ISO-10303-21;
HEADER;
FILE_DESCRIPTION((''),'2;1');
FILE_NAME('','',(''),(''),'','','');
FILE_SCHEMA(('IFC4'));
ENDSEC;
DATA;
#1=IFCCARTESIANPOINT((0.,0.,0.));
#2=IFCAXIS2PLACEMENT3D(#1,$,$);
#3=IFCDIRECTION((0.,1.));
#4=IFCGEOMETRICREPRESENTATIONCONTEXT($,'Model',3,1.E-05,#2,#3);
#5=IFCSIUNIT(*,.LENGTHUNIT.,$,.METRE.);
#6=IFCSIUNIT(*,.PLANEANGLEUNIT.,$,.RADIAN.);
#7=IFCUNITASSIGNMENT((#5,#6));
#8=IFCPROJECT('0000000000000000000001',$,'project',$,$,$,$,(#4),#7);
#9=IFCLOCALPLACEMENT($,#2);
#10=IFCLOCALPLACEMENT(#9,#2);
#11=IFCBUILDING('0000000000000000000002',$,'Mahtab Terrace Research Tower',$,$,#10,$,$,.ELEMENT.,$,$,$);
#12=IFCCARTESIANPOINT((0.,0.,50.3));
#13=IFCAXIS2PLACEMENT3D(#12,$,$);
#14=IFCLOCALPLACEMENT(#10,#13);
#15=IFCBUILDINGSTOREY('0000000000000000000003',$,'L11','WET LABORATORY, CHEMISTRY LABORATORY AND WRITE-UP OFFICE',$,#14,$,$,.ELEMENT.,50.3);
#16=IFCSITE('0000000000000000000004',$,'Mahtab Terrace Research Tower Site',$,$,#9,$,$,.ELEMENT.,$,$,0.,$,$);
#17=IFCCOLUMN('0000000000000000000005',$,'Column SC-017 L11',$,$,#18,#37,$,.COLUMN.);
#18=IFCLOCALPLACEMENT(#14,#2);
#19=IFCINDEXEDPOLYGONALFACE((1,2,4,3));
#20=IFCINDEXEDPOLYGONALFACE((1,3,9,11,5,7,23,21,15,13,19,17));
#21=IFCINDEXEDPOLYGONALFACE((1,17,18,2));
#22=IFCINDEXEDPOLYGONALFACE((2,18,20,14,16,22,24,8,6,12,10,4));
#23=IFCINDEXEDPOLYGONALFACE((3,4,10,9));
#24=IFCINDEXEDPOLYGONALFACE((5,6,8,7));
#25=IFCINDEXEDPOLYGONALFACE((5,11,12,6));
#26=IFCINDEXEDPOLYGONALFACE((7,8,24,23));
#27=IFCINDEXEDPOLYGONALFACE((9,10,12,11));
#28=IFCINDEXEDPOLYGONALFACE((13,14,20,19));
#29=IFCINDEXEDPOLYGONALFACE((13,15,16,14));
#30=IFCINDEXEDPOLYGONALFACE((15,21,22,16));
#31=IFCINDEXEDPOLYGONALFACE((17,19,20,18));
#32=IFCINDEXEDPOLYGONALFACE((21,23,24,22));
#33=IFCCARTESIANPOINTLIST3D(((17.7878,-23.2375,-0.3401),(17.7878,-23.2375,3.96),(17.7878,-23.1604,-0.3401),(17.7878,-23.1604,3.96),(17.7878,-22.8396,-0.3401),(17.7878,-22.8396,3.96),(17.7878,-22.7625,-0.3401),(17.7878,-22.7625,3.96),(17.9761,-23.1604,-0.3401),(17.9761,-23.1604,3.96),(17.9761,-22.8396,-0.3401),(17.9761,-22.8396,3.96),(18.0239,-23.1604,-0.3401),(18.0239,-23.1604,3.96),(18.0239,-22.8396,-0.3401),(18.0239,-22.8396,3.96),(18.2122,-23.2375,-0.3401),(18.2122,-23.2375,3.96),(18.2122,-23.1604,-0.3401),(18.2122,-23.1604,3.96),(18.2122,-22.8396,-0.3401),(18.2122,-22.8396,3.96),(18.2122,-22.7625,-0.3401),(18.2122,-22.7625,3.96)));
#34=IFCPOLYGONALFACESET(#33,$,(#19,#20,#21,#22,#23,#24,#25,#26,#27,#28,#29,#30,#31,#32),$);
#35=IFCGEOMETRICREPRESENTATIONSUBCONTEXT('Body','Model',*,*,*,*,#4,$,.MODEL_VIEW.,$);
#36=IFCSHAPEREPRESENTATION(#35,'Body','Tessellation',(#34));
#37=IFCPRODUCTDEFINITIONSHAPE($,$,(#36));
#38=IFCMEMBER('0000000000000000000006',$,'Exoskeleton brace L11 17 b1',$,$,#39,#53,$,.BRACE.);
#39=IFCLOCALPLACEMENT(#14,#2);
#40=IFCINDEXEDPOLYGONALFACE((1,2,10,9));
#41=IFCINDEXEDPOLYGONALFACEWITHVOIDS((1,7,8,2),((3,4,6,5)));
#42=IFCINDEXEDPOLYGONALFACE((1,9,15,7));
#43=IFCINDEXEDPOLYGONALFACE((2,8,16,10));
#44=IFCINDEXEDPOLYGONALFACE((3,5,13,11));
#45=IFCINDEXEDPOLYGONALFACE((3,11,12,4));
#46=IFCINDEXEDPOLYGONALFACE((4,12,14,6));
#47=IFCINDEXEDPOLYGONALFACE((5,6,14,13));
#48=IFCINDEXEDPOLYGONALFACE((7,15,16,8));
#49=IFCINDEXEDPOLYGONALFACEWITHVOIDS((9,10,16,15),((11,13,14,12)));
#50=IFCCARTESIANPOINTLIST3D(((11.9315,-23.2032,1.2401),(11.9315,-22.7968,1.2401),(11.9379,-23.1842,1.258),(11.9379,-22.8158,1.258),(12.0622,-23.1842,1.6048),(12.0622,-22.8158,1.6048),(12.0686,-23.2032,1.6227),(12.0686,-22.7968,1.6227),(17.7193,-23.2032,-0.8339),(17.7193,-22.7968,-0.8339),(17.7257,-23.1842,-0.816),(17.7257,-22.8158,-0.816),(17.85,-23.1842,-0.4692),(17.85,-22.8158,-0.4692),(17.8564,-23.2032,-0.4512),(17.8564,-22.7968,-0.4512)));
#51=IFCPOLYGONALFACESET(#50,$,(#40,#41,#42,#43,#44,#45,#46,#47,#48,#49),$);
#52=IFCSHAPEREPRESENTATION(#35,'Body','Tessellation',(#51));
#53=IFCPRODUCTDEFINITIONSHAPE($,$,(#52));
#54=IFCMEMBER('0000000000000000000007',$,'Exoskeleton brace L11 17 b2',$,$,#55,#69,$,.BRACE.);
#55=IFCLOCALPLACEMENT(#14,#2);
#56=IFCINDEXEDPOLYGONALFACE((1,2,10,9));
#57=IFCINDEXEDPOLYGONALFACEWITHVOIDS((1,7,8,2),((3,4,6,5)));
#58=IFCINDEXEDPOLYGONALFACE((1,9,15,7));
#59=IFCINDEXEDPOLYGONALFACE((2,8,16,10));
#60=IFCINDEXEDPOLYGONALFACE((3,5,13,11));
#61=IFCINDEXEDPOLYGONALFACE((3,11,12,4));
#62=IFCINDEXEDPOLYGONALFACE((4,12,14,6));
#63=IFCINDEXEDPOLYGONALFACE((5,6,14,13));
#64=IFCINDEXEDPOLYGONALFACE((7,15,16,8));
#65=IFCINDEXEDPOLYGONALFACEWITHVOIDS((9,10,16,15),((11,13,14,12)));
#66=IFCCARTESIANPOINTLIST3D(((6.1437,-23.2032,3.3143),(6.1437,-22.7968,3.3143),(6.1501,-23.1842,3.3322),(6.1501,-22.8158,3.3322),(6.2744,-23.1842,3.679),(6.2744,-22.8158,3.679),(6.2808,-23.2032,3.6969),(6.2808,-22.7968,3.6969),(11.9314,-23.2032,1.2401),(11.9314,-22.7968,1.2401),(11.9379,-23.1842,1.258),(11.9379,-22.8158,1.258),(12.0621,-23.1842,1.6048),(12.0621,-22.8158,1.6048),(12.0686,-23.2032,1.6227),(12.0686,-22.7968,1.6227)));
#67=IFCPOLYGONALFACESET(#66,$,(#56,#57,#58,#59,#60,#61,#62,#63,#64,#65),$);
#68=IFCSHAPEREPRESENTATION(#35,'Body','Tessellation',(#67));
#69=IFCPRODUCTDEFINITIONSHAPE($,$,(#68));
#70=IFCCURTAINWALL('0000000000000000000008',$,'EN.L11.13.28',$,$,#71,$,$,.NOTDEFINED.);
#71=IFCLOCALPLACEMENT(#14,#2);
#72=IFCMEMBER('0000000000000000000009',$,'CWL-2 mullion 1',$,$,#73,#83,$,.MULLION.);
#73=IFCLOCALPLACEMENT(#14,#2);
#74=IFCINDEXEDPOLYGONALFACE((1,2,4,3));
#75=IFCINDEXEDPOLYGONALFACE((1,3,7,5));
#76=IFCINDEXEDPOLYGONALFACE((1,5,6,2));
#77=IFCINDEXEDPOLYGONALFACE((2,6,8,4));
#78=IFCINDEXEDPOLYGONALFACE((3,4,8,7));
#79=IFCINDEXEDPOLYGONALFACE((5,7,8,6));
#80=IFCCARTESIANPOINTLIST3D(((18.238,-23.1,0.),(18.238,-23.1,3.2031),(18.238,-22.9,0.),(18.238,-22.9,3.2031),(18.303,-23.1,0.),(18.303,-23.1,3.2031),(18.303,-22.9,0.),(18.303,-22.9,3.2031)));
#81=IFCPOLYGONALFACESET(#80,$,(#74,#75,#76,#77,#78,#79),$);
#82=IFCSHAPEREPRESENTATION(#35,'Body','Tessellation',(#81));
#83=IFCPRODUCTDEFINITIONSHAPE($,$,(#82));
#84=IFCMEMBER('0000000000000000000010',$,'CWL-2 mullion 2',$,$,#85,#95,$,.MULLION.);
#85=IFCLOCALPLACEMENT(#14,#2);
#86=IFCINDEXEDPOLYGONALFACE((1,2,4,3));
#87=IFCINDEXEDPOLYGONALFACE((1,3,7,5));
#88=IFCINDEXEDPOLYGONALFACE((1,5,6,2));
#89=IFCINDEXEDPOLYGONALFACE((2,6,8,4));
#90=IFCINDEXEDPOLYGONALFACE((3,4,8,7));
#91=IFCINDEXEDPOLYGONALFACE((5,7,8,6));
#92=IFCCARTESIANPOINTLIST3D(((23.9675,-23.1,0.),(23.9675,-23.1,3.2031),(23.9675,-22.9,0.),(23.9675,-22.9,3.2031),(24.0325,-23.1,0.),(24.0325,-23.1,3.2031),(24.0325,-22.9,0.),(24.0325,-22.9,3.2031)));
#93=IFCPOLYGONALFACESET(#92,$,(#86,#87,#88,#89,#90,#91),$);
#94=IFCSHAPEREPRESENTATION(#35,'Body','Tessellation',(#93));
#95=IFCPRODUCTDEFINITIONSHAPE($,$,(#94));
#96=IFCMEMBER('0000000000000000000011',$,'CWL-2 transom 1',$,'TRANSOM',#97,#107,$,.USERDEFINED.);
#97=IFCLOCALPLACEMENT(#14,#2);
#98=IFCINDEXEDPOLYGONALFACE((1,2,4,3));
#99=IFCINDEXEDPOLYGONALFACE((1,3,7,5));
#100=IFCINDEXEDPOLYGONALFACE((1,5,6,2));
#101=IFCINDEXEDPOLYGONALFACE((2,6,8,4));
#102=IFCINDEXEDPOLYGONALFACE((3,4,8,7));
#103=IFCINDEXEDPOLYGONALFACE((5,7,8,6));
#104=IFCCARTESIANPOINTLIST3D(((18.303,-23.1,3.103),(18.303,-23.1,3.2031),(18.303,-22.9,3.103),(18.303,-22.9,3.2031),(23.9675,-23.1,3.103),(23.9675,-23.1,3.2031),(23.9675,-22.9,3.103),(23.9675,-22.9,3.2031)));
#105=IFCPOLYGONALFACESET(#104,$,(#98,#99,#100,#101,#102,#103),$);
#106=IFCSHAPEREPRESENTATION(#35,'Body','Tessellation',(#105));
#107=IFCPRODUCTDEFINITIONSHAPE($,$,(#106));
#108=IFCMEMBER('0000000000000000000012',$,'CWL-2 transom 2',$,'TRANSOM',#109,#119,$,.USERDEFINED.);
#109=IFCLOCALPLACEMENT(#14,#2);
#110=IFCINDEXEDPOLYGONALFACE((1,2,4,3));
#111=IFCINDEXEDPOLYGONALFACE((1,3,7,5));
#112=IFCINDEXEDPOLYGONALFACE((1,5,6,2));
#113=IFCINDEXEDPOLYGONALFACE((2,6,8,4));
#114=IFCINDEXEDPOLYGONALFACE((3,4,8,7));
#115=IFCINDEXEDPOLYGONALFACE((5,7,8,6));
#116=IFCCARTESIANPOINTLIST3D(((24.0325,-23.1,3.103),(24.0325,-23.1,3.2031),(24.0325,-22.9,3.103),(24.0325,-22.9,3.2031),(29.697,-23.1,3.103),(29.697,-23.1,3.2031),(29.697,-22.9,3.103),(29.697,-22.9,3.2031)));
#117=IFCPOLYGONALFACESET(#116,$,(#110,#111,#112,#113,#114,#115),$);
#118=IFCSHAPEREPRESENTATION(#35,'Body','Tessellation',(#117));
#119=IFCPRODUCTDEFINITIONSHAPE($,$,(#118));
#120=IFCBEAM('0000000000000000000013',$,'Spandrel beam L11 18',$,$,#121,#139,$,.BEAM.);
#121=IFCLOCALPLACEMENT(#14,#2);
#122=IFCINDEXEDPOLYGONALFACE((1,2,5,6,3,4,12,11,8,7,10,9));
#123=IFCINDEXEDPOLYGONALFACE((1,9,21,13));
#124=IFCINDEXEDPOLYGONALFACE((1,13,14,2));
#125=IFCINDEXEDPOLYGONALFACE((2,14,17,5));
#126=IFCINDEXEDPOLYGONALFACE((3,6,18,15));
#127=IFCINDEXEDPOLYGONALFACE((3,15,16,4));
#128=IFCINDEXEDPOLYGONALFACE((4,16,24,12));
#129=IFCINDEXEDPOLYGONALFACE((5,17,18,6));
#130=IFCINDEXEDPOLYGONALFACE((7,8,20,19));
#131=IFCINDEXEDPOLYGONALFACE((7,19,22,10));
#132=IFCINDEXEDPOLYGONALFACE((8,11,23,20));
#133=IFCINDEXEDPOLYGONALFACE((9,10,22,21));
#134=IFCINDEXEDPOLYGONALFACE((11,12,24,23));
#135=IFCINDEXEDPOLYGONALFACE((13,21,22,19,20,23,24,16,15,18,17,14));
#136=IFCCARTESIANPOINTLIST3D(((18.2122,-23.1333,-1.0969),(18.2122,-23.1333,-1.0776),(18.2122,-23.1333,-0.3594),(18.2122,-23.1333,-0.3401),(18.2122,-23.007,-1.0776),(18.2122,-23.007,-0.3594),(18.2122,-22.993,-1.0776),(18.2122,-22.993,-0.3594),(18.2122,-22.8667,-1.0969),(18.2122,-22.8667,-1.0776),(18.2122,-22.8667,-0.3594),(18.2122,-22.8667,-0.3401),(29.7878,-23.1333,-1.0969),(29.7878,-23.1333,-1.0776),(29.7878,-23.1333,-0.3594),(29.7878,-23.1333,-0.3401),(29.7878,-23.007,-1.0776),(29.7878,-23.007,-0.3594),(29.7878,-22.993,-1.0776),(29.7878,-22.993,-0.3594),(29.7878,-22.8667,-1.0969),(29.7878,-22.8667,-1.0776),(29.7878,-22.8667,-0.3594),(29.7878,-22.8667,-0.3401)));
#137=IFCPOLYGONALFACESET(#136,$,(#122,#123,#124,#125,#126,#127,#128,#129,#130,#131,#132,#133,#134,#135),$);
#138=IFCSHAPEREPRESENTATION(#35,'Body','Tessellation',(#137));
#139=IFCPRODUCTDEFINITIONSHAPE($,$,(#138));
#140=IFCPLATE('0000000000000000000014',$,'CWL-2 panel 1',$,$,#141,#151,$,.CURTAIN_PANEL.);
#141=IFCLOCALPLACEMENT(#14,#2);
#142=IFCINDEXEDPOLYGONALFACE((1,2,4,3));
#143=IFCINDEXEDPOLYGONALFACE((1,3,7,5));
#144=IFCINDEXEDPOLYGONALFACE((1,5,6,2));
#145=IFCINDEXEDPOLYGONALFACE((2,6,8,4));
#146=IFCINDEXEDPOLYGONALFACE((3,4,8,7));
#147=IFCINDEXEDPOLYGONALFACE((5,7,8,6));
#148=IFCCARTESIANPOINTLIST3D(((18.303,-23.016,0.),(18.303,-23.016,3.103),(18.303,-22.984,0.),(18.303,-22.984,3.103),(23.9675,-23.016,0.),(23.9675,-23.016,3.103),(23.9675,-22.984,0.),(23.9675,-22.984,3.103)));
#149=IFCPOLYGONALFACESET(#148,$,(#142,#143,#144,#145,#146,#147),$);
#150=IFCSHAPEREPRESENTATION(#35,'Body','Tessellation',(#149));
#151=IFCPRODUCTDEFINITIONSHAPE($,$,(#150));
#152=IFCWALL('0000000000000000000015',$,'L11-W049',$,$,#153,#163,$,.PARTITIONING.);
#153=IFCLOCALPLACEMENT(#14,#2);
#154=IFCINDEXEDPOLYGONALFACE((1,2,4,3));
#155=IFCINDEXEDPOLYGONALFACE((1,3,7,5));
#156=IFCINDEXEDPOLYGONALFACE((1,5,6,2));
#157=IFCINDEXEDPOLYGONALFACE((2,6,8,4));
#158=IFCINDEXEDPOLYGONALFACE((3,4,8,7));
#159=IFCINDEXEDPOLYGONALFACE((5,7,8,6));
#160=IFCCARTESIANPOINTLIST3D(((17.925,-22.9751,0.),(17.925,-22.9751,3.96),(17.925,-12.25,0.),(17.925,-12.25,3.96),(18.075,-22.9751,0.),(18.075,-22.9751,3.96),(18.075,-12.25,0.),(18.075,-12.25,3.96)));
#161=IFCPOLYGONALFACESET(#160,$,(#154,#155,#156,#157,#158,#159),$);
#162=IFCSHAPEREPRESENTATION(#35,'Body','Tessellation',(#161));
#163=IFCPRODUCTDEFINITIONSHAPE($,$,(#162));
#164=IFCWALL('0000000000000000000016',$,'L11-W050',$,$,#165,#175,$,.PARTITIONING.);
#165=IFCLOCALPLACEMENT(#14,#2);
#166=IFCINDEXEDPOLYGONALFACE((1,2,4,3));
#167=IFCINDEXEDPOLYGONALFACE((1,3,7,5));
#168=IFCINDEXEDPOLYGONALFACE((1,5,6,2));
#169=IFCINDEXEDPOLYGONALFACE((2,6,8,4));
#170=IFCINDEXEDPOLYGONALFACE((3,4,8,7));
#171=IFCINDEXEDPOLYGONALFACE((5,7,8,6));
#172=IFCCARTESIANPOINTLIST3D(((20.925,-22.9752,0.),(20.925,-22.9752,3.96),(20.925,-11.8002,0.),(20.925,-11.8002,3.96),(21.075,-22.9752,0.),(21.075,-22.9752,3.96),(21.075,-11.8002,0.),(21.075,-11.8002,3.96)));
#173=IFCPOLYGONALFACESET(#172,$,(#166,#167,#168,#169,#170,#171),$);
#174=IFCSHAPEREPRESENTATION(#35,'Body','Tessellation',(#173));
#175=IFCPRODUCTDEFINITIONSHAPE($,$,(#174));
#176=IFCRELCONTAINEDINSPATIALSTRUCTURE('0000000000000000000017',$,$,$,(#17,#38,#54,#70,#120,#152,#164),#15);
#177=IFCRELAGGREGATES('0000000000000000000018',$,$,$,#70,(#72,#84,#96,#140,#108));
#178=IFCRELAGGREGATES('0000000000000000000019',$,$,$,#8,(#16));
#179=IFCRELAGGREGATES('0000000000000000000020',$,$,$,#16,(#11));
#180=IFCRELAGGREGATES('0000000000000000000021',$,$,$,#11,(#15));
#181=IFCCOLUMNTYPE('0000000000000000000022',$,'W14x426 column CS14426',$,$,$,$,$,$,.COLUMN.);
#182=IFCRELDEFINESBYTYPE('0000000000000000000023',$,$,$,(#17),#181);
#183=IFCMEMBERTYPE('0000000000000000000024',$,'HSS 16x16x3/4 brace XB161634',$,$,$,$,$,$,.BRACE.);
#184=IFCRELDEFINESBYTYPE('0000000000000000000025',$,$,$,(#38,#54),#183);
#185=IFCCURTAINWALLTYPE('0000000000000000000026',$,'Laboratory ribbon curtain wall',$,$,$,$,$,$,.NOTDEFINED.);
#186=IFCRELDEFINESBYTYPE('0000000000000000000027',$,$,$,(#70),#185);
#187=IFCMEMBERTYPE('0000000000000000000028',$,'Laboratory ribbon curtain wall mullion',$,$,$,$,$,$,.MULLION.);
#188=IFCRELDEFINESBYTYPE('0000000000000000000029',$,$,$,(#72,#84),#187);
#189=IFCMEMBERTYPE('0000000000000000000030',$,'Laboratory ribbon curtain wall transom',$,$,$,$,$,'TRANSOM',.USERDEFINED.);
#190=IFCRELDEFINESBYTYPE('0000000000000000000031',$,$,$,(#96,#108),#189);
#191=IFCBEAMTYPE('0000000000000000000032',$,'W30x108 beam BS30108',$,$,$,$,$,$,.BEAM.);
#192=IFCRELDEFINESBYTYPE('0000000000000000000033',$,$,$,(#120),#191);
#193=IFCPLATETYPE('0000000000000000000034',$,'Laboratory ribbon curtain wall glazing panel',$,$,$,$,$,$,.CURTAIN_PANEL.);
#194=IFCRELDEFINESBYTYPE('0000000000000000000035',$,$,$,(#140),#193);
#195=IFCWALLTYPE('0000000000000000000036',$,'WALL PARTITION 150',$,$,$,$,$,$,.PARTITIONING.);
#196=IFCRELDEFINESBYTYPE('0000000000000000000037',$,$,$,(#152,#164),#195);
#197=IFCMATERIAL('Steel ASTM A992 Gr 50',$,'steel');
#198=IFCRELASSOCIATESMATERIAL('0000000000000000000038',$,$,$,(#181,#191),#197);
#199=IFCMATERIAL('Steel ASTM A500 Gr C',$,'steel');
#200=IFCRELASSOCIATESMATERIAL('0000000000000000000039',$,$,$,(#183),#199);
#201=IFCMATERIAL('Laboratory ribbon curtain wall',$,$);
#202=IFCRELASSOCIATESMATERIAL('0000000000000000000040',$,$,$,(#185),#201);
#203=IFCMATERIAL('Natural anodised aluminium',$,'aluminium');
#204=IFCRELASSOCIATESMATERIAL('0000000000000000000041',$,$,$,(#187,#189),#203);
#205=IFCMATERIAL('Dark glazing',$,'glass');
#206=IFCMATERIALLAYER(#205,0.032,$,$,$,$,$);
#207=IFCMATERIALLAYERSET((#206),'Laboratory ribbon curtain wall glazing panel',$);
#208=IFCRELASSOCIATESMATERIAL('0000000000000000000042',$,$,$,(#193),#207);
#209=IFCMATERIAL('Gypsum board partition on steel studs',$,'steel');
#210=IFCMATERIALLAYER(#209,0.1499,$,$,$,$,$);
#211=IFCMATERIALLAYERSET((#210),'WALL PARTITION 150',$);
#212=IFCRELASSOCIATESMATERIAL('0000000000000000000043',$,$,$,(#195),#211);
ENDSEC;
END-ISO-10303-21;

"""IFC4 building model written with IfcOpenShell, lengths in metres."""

from ifc_helpers import new_model, si_unit, direction, frame, frame_2d, origin, origin_2d, place, context, subcontext, project, spatial, rectangle, hollow_rectangle, i_section, extrude, material, layer, layer_set, material_profile, profile_set, type_object, element, aggregate, save


model = new_model("IFC4")

# Units and contexts
model_context = context("Model", 3, precision=1e-05, world=origin(), true_north=direction((0.0, 1.0)))
body_context = subcontext(model_context, "Body", "Model", "MODEL_VIEW")
ifc_project = project(units=[si_unit("LENGTHUNIT", "METRE"), si_unit("PLANEANGLEUNIT", "RADIAN")], contexts=[model_context])

# Site, building, storey
site_placement = place(None, origin())
site = spatial("IfcSite", under=ifc_project, at=site_placement, Name="Mahtab Terrace Research Tower Site", CompositionType="ELEMENT", RefElevation=0.0)
building_placement = place(site_placement, origin())
building = spatial("IfcBuilding", under=site, at=building_placement, Name="Mahtab Terrace Research Tower", CompositionType="ELEMENT")
storey_placement = place(building_placement, frame((0.0, 0.0, 50.3)))
storey = spatial("IfcBuildingStorey", under=building, at=storey_placement, Name="L11", Description="WET LABORATORY, CHEMISTRY LABORATORY AND WRITE-UP OFFICE", CompositionType="ELEMENT", Elevation=50.3)

# Column
ifc_material_1 = material(Name="Steel ASTM A992 Gr 50", Category="steel")
ifc_material_profile_1 = material_profile(ifc_material_1, i_section(OverallWidth=0.4243, OverallDepth=0.4751, WebThickness=0.0479, FlangeThickness=0.0771, at=origin_2d()), Name="W14X426")
ifc_profile_set_1 = profile_set([ifc_material_profile_1], Name="Steel ASTM A992 Gr 50")
column_type = type_object("IfcColumnType", Name="W14x426 column CS14426", PredefinedType="COLUMN", material=ifc_profile_set_1)
column_placement = place(storey_placement, frame((18.0, -23.0, -0.3401), z_axis=(0.0, 0.0, 1.0), x_axis=(1.0, 0.0, 0.0)))
element("IfcColumn", 1, at=column_placement, inside=storey, type_object=column_type, Name="Column SC-017 L11", PredefinedType="COLUMN", context=body_context, shape_type="SweptSolid", body=[
    extrude(i_section(OverallWidth=0.4243, OverallDepth=0.4751, WebThickness=0.0479, FlangeThickness=0.0771, at=origin_2d()), origin(), (0.0, 0.0, 1.0), 4.3),
])

# Members
ifc_material_2 = material(Name="Steel ASTM A500 Gr C", Category="steel")
ifc_material_profile_2 = material_profile(ifc_material_2, hollow_rectangle(XDim=0.4065, YDim=0.4065, WallThickness=0.019, at=origin_2d()), Name="HSS16X16X3/4")
ifc_profile_set_2 = profile_set([ifc_material_profile_2], Name="Steel ASTM A500 Gr C")
member_type_1 = type_object("IfcMemberType", Name="HSS 16x16x3/4 brace XB161634", PredefinedType="BRACE", material=ifc_profile_set_2)
for number, where, z_axis, x_axis, name in (
    (2, (17.7878, -23.0, -0.6426), (-0.941387, 0.0, 0.33733), (0.0, -1.0, 0.0), "Exoskeleton brace L11 17 b1"),
    (3, (12.0, -23.0, 1.4314), (-0.941374, 0.0, 0.337365), (0.0, -1.0, 0.0), "Exoskeleton brace L11 17 b2"),
):
    element("IfcMember", number, at=place(storey_placement, frame(where, z_axis=z_axis, x_axis=x_axis)), inside=storey, type_object=member_type_1, Name=name, PredefinedType="BRACE", context=body_context, shape_type="SweptSolid", body=[
        extrude(hollow_rectangle(XDim=0.4065, YDim=0.4065, WallThickness=0.019, at=origin_2d()), origin(), (0.0, 0.0, 1.0), 6.1482),
    ])

# Curtain wall, members
ifc_material_3 = material(Name="Laboratory ribbon curtain wall")
curtain_wall_type = type_object("IfcCurtainWallType", Name="Laboratory ribbon curtain wall", PredefinedType="NOTDEFINED", material=ifc_material_3)
curtain_wall_placement = place(storey_placement, origin())
curtain_wall = element("IfcCurtainWall", 4, at=curtain_wall_placement, inside=storey, type_object=curtain_wall_type, Name="EN.L11.13.28", PredefinedType="NOTDEFINED")
ifc_material_4 = material(Name="Natural anodised aluminium", Category="aluminium")
ifc_material_profile_3 = material_profile(ifc_material_4, rectangle(XDim=0.2, YDim=0.0649, at=origin_2d()), Name="MULLION 65x200")
ifc_profile_set_3 = profile_set([ifc_material_profile_3], Name="Natural anodised aluminium")
member_type_2 = type_object("IfcMemberType", Name="Laboratory ribbon curtain wall mullion", PredefinedType="MULLION", material=ifc_profile_set_3)
member_1_placement = place(storey_placement, frame((18.2705, -23.0, 0.0), z_axis=(0.0, 0.0, 1.0), x_axis=(0.0, 1.0, 0.0)))
member_1 = element("IfcMember", 5, at=member_1_placement, type_object=member_type_2, Name="CWL-2 mullion 1", PredefinedType="MULLION", context=body_context, shape_type="SweptSolid", body=[
    extrude(rectangle(XDim=0.2, YDim=0.0649, at=origin_2d()), origin(), (0.0, 0.0, 1.0), 3.2031),
])
member_2_placement = place(storey_placement, frame((24.0, -23.0, 0.0), z_axis=(0.0, 0.0, 1.0), x_axis=(0.0, 1.0, 0.0)))
member_2 = element("IfcMember", 6, at=member_2_placement, type_object=member_type_2, Name="CWL-2 mullion 2", PredefinedType="MULLION", context=body_context, shape_type="SweptSolid", body=[
    extrude(rectangle(XDim=0.2, YDim=0.0649, at=origin_2d()), origin(), (0.0, 0.0, 1.0), 3.2031),
])
ifc_material_profile_4 = material_profile(ifc_material_4, rectangle(XDim=0.2, YDim=0.1001, at=origin_2d()), Name="TRANSOM 100x200")
ifc_profile_set_4 = profile_set([ifc_material_profile_4], Name="Natural anodised aluminium")
member_type_3 = type_object("IfcMemberType", Name="Laboratory ribbon curtain wall transom", ElementType="TRANSOM", PredefinedType="USERDEFINED", material=ifc_profile_set_4)
member_3_placement = place(storey_placement, frame((18.303, -23.0, 3.1531), z_axis=(1.0, 0.0, 0.0), x_axis=(0.0, 1.0, 0.0)))
member_3 = element("IfcMember", 7, at=member_3_placement, type_object=member_type_3, Name="CWL-2 transom 1", ObjectType="TRANSOM", PredefinedType="USERDEFINED", context=body_context, shape_type="SweptSolid", body=[
    extrude(rectangle(XDim=0.2, YDim=0.1001, at=origin_2d()), origin(), (0.0, 0.0, 1.0), 5.6646),
])
member_4_placement = place(storey_placement, frame((24.0325, -23.0, 3.1531), z_axis=(1.0, 0.0, 0.0), x_axis=(0.0, 1.0, 0.0)))
member_4 = element("IfcMember", 8, at=member_4_placement, type_object=member_type_3, Name="CWL-2 transom 2", ObjectType="TRANSOM", PredefinedType="USERDEFINED", context=body_context, shape_type="SweptSolid", body=[
    extrude(rectangle(XDim=0.2, YDim=0.1001, at=origin_2d()), origin(), (0.0, 0.0, 1.0), 5.6646),
])

# Beam
ifc_material_profile_5 = material_profile(ifc_material_1, i_section(OverallWidth=0.2666, OverallDepth=0.7568, WebThickness=0.0139, FlangeThickness=0.0193, at=origin_2d()), Name="W30X108")
ifc_profile_set_5 = profile_set([ifc_material_profile_5], Name="Steel ASTM A992 Gr 50")
beam_type = type_object("IfcBeamType", Name="W30x108 beam BS30108", PredefinedType="BEAM", material=ifc_profile_set_5)
beam_placement = place(storey_placement, frame((18.2122, -23.0, -0.7185), z_axis=(1.0, 0.0, 0.0), x_axis=(0.0, 1.0, 0.0)))
element("IfcBeam", 9, at=beam_placement, inside=storey, type_object=beam_type, Name="Spandrel beam L11 18", PredefinedType="BEAM", context=body_context, shape_type="SweptSolid", body=[
    extrude(i_section(OverallWidth=0.2666, OverallDepth=0.7568, WebThickness=0.0139, FlangeThickness=0.0193, at=origin_2d()), origin(), (0.0, 0.0, 1.0), 11.5757),
])

# Plate
ifc_material_5 = material(Name="Dark glazing", Category="glass")
ifc_layer_1 = layer(ifc_material_5, 0.032)
ifc_layer_set_1 = layer_set([ifc_layer_1], Name="Laboratory ribbon curtain wall glazing panel")
plate_type = type_object("IfcPlateType", Name="Laboratory ribbon curtain wall glazing panel", PredefinedType="CURTAIN_PANEL", material=ifc_layer_set_1)
plate_placement = place(storey_placement, frame((21.1353, -23.0, 0.0), z_axis=(0.0, 0.0, 1.0), x_axis=(1.0, 0.0, 0.0)))
plate = element("IfcPlate", 10, at=plate_placement, type_object=plate_type, Name="CWL-2 panel 1", PredefinedType="CURTAIN_PANEL", context=body_context, shape_type="SweptSolid", body=[
    extrude(rectangle(XDim=5.6646, YDim=0.032, at=origin_2d()), origin(), (0.0, 0.0, 1.0), 3.103),
])
aggregate(curtain_wall, [member_1, member_2, member_3, plate, member_4])

# Walls
ifc_material_6 = material(Name="Gypsum board partition on steel studs", Category="steel")
ifc_layer_2 = layer(ifc_material_6, 0.1499)
ifc_layer_set_2 = layer_set([ifc_layer_2], Name="WALL PARTITION 150")
wall_type = type_object("IfcWallType", Name="WALL PARTITION 150", PredefinedType="PARTITIONING", material=ifc_layer_set_2)
wall_1_placement = place(storey_placement, frame((18.0, -22.9751, 0.0), z_axis=(0.0, 0.0, 1.0), x_axis=(0.0, 1.0, 0.0)))
element("IfcWall", 11, at=wall_1_placement, inside=storey, type_object=wall_type, Name="L11-W049", PredefinedType="PARTITIONING", context=body_context, shape_type="SweptSolid", body=[
    extrude(rectangle(XDim=10.7251, YDim=0.1499, at=frame_2d((5.3625, 0.0))), origin(), (0.0, 0.0, 1.0), 3.96),
])
wall_2_placement = place(storey_placement, frame((21.0, -22.9751, 0.0), z_axis=(0.0, 0.0, 1.0), x_axis=(0.0, 1.0, 0.0)))
element("IfcWall", 12, at=wall_2_placement, inside=storey, type_object=wall_type, Name="L11-W050", PredefinedType="PARTITIONING", context=body_context, shape_type="SweptSolid", body=[
    extrude(rectangle(XDim=11.175, YDim=0.1499, at=frame_2d((5.5874, 0.0))), origin(), (0.0, 0.0, 1.0), 3.96),
])

save(model, "model.ifc")
